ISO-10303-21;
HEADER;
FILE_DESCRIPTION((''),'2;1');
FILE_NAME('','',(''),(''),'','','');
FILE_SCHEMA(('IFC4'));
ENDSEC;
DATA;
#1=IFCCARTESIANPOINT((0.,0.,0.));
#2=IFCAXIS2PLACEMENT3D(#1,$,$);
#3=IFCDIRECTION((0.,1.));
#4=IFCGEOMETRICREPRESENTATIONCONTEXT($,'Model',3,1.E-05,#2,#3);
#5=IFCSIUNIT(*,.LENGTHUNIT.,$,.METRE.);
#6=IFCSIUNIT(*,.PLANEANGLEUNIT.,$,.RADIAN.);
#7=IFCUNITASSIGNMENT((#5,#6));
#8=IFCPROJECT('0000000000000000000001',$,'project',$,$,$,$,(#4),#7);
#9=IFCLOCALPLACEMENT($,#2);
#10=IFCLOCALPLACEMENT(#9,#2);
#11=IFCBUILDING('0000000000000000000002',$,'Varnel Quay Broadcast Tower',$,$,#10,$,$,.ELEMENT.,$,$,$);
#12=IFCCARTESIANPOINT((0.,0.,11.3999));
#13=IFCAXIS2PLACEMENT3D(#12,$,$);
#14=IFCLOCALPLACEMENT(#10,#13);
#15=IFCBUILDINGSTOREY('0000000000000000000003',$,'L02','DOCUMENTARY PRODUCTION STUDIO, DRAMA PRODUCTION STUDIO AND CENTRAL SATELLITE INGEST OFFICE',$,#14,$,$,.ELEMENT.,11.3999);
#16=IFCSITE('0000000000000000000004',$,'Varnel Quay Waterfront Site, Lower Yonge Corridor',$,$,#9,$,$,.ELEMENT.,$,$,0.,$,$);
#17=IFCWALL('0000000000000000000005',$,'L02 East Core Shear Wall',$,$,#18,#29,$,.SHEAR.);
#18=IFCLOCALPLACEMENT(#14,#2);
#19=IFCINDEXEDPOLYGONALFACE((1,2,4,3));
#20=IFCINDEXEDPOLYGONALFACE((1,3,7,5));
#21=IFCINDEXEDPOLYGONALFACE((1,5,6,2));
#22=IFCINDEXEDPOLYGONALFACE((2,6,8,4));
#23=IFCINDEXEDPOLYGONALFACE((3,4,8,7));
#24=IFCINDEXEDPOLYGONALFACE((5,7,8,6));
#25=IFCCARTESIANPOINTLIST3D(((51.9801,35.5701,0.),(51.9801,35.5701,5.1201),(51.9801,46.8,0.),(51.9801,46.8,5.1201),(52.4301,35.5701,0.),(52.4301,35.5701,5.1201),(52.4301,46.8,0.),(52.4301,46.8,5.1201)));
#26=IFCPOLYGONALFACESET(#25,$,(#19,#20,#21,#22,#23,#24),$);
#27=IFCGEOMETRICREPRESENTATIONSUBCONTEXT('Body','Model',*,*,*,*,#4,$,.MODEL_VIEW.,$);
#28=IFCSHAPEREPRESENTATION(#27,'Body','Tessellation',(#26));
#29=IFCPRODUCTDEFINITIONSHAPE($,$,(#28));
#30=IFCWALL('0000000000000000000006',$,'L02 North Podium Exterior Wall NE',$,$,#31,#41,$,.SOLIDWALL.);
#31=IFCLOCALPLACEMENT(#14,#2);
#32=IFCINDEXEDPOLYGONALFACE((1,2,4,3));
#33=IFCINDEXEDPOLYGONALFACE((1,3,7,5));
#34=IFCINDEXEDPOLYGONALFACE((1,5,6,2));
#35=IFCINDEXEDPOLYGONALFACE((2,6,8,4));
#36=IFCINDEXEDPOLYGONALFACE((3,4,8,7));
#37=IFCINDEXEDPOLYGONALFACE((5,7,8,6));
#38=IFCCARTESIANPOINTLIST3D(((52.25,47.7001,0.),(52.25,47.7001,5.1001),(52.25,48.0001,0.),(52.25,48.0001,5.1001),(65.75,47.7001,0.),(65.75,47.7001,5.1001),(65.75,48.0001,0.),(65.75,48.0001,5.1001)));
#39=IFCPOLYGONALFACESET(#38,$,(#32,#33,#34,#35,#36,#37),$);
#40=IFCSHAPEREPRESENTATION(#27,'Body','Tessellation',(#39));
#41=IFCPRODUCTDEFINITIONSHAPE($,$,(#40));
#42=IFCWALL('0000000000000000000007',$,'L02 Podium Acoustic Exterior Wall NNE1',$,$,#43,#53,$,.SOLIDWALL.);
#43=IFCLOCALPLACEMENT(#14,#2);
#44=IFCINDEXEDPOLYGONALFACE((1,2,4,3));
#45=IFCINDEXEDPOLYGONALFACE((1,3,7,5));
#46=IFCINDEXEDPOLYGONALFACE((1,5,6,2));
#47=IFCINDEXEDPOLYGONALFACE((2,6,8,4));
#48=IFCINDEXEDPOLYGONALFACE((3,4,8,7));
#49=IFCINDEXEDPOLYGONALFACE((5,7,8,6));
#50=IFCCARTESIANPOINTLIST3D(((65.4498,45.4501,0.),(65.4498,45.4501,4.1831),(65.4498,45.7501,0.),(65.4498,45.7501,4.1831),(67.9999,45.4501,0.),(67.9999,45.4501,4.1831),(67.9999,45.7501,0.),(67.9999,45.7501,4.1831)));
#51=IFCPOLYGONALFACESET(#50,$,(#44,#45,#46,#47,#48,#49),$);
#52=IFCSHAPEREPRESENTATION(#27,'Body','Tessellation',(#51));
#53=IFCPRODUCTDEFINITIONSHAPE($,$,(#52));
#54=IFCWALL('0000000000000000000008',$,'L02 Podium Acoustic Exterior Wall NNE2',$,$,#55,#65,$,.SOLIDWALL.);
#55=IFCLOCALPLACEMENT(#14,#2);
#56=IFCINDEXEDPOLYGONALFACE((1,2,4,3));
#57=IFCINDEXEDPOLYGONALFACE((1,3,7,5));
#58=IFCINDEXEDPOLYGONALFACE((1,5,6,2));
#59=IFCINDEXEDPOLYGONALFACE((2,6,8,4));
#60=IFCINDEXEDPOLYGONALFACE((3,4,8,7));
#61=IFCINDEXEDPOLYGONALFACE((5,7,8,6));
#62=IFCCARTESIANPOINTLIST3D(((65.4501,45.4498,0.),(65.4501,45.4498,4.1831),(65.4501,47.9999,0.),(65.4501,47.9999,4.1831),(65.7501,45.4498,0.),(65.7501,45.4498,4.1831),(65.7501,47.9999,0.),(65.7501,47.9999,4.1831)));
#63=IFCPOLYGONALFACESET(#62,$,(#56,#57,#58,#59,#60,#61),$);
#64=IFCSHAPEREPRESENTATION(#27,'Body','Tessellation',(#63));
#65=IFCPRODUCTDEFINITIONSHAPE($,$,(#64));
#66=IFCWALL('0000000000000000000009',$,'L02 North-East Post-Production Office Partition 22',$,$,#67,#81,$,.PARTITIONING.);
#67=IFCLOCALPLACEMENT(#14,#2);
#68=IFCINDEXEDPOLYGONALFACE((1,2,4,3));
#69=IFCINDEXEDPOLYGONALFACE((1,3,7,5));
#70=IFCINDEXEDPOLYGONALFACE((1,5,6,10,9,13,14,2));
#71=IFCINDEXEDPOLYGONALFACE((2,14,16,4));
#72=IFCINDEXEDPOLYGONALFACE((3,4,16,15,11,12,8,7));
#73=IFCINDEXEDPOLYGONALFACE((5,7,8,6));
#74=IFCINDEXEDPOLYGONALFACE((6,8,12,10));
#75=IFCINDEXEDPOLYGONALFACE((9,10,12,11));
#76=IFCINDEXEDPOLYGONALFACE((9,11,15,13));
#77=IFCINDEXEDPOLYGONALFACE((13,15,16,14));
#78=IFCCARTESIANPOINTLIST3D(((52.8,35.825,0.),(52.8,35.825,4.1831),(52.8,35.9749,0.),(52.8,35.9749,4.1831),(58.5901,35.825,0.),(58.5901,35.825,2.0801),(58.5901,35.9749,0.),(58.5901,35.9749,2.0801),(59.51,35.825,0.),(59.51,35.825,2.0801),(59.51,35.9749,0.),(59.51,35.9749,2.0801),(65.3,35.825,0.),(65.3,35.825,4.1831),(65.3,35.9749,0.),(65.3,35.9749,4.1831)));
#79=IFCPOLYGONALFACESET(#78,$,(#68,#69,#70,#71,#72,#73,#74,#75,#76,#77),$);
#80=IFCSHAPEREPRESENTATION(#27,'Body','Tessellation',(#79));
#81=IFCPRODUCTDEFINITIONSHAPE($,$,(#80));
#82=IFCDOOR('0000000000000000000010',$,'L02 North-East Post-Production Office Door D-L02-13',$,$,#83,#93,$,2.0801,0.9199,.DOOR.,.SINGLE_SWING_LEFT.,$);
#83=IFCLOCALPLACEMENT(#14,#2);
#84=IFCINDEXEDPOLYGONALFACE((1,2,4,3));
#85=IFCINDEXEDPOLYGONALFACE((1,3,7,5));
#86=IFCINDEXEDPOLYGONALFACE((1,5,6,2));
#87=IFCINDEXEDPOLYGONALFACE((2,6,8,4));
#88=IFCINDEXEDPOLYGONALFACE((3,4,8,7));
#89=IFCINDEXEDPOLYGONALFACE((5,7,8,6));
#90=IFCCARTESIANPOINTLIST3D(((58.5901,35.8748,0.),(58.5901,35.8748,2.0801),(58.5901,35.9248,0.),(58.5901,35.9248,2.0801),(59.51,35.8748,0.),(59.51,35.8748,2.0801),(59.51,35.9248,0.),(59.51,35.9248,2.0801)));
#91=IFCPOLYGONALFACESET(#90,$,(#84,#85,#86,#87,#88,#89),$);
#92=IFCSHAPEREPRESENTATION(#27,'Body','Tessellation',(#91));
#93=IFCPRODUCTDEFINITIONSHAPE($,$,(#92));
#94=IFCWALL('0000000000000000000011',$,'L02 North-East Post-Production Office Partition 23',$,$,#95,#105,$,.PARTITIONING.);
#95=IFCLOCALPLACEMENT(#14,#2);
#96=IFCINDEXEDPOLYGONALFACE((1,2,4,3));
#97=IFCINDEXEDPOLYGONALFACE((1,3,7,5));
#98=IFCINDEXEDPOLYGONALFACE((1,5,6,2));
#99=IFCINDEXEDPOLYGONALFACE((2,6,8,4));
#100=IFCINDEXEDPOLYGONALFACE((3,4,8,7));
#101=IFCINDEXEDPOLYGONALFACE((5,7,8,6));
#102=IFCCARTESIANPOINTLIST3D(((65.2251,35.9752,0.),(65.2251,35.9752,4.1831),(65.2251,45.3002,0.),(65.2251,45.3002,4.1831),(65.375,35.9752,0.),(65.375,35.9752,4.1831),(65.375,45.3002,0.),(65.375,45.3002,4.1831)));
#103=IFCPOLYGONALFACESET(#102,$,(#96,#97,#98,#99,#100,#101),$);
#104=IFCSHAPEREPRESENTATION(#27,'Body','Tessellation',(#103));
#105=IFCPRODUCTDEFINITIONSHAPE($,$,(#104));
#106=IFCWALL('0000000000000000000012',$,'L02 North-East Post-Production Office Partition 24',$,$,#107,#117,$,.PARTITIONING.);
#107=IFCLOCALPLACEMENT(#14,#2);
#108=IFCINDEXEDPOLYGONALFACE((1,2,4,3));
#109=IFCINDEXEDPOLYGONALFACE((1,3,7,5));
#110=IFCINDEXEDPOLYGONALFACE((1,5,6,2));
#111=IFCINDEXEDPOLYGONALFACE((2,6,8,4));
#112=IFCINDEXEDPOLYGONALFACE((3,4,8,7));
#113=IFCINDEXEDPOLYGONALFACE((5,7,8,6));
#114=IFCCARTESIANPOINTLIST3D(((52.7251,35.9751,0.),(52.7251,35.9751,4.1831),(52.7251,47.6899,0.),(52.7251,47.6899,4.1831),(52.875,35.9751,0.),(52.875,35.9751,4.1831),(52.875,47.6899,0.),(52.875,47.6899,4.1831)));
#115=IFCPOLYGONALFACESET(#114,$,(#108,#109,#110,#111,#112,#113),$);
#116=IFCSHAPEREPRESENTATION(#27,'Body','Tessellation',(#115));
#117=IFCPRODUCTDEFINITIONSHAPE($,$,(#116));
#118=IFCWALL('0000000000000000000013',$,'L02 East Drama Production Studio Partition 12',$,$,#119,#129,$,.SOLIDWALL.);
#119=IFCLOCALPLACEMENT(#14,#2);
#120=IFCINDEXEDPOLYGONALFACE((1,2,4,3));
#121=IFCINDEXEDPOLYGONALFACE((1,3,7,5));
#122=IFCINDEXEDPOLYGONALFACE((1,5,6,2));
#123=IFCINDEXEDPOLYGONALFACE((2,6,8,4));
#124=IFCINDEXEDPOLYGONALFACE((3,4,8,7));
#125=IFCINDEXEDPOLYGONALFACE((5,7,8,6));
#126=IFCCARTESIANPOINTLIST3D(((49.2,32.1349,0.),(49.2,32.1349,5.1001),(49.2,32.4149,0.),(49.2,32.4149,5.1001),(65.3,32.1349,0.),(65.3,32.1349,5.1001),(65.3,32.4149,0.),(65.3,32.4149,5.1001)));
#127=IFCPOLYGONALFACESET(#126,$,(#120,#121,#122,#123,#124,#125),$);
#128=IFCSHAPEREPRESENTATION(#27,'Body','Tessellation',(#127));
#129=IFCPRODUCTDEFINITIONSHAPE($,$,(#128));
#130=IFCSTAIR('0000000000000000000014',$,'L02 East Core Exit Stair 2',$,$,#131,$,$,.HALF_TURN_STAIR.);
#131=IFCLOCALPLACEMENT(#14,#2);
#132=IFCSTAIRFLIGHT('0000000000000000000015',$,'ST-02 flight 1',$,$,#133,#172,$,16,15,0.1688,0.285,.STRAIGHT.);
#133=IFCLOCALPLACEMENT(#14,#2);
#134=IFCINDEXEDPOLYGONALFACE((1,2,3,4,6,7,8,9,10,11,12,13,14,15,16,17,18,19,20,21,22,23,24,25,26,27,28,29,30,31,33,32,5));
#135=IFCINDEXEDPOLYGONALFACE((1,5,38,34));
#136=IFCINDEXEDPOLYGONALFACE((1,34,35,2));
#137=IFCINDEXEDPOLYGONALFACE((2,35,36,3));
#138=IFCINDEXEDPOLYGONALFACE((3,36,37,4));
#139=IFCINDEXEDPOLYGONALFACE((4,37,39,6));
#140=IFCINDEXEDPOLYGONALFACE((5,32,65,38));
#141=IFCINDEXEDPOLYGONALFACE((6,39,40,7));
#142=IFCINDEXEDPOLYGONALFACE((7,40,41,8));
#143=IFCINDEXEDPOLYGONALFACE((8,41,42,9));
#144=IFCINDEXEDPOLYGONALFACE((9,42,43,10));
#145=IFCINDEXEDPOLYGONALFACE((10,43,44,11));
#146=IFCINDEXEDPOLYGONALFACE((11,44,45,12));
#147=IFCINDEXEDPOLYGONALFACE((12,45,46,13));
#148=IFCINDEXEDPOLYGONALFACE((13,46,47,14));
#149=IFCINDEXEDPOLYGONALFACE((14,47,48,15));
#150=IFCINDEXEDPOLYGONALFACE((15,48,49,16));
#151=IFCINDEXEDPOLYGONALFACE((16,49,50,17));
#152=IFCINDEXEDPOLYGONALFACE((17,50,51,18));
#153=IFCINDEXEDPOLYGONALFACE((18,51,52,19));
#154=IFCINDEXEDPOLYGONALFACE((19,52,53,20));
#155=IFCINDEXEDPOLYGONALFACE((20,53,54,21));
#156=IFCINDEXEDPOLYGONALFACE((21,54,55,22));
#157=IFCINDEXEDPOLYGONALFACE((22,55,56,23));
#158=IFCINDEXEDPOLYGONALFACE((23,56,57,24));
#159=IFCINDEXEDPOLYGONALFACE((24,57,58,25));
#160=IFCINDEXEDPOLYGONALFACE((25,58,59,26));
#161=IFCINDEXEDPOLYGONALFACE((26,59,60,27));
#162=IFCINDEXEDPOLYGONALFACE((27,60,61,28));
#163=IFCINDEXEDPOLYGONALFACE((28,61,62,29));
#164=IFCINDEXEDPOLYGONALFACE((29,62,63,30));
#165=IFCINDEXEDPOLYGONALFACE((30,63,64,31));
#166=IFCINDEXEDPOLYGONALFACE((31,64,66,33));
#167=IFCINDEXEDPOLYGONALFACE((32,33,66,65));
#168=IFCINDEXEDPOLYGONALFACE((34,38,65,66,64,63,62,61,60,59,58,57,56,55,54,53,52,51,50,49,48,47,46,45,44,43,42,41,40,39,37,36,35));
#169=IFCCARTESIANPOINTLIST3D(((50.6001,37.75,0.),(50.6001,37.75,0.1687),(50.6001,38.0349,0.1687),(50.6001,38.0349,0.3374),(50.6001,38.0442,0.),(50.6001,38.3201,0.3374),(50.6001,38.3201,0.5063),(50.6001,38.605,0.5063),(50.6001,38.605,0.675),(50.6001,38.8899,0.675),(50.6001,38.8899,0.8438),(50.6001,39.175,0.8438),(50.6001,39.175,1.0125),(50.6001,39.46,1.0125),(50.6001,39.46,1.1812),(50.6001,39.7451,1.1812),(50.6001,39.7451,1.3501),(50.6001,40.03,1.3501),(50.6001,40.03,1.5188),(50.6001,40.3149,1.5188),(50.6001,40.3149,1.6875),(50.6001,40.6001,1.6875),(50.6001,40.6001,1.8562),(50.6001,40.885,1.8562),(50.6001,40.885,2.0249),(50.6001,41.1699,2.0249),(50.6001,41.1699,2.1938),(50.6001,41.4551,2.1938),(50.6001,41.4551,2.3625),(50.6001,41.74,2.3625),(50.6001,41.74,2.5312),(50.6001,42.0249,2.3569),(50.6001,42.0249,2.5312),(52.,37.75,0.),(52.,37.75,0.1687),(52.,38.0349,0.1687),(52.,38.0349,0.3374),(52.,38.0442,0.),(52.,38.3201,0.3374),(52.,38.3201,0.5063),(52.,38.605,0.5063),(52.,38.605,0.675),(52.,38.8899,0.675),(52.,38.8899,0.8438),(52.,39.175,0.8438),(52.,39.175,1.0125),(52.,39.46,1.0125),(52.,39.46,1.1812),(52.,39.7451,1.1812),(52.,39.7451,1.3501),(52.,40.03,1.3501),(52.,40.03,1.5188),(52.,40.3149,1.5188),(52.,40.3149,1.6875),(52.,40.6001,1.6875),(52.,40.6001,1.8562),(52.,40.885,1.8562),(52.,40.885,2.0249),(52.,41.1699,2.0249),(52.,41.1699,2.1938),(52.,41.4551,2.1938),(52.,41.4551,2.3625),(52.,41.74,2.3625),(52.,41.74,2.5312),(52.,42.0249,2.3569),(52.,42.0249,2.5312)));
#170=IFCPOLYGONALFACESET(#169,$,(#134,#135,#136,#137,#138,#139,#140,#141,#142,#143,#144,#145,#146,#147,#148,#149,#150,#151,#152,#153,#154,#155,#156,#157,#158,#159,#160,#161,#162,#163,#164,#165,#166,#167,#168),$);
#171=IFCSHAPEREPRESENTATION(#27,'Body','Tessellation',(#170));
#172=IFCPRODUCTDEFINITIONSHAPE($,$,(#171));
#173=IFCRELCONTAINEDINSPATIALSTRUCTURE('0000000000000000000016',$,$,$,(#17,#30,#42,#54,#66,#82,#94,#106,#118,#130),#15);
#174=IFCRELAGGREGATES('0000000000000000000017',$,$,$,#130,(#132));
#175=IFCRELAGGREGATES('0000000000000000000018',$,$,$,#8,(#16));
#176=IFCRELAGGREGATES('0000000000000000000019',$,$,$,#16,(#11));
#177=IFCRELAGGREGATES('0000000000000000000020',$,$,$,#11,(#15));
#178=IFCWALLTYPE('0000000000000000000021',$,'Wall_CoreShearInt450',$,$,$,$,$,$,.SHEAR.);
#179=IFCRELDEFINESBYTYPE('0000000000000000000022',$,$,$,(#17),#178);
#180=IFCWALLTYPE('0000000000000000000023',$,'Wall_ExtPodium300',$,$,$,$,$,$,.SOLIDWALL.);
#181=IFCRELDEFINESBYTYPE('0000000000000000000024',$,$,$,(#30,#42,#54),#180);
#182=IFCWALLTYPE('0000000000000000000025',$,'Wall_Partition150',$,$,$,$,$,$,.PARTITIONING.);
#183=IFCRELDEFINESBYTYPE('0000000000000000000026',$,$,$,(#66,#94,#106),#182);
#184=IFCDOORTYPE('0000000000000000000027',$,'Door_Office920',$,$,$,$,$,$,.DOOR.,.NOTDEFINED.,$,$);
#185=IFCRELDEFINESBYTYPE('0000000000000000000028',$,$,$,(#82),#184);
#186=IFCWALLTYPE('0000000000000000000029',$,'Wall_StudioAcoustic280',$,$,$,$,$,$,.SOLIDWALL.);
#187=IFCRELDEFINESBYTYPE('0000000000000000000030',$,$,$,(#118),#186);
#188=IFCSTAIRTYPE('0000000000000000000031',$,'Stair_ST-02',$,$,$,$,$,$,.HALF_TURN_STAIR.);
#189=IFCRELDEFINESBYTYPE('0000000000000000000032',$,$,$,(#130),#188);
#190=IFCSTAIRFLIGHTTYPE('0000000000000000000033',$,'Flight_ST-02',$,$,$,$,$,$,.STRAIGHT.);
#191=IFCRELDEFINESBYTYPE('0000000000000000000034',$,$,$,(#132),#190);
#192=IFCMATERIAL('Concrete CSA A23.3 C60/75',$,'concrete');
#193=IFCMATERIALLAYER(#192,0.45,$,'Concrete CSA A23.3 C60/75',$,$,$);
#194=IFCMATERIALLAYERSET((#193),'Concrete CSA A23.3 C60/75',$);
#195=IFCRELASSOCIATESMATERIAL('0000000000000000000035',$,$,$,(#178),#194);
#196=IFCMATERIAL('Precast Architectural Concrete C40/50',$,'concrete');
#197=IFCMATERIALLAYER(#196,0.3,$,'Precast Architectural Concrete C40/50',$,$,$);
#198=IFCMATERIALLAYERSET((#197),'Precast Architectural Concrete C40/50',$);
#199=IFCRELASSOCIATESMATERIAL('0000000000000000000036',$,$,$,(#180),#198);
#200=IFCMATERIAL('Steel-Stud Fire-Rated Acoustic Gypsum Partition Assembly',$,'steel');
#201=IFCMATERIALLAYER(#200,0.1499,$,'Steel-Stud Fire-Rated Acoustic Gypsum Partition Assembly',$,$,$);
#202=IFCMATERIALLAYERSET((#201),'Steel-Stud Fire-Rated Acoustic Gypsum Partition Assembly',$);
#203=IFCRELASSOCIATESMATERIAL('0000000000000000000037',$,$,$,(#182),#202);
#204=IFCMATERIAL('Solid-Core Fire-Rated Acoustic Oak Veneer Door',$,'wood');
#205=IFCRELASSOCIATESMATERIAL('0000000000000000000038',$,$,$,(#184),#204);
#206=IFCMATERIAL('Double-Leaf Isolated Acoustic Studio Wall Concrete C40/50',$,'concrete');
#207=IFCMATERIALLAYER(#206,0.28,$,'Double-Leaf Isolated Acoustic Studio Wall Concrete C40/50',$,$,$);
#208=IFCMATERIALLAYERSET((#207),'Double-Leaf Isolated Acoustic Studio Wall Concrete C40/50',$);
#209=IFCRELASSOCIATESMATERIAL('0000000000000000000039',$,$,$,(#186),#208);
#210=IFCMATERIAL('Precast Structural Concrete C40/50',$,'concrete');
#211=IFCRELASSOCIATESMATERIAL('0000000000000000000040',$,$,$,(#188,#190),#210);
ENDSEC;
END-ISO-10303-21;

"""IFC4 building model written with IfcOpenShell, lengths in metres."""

from ifc_helpers import new_model, si_unit, direction, frame, frame_2d, origin, place, context, subcontext, project, spatial, polyline, rectangle, outline, extrude, source, transform, mapped, material, layer, layer_set, type_object, type_shapes, element, fill, aggregate, save


model = new_model("IFC4")

# Units and contexts
model_context = context("Model", 3, precision=1e-05, world=origin(), true_north=direction((0.0, 1.0)))
body_context = subcontext(model_context, "Body", "Model", "MODEL_VIEW")
ifc_project = project(units=[si_unit("LENGTHUNIT", "METRE"), si_unit("PLANEANGLEUNIT", "RADIAN")], contexts=[model_context])

# Site, building, storey
site_placement = place(None, origin())
site = spatial("IfcSite", under=ifc_project, at=site_placement, Name="Varnel Quay Waterfront Site, Lower Yonge Corridor", CompositionType="ELEMENT", RefElevation=0.0)
building_placement = place(site_placement, origin())
building = spatial("IfcBuilding", under=site, at=building_placement, Name="Varnel Quay Broadcast Tower", CompositionType="ELEMENT")
storey_placement = place(building_placement, frame((0.0, 0.0, 11.3999)))
storey = spatial("IfcBuildingStorey", under=building, at=storey_placement, Name="L02", Description="DOCUMENTARY PRODUCTION STUDIO, DRAMA PRODUCTION STUDIO AND CENTRAL SATELLITE INGEST OFFICE", CompositionType="ELEMENT", Elevation=11.3999)

# Walls
ifc_material_1 = material(Name="Concrete CSA A23.3 C60/75", Category="concrete")
ifc_layer_1 = layer(ifc_material_1, 0.45, Name="Concrete CSA A23.3 C60/75")
ifc_layer_set_1 = layer_set([ifc_layer_1], Name="Concrete CSA A23.3 C60/75")
wall_type_1 = type_object("IfcWallType", Name="Wall_CoreShearInt450", PredefinedType="SHEAR", material=ifc_layer_set_1)
wall_1_placement = place(storey_placement, frame((52.2051, 35.5701, 0.0), z_axis=(0.0, 0.0, 1.0), x_axis=(0.0, 1.0, 0.0)))
element("IfcWall", 1, at=wall_1_placement, inside=storey, type_object=wall_type_1, Name="L02 East Core Shear Wall", PredefinedType="SHEAR", context=body_context, shape_type="SweptSolid", body=[
    extrude(rectangle(XDim=11.23, YDim=0.45, at=frame_2d((5.615, 0.0))), origin(), (0.0, 0.0, 1.0), 5.1201),
])
ifc_material_2 = material(Name="Precast Architectural Concrete C40/50", Category="concrete")
ifc_layer_2 = layer(ifc_material_2, 0.3, Name="Precast Architectural Concrete C40/50")
ifc_layer_set_2 = layer_set([ifc_layer_2], Name="Precast Architectural Concrete C40/50")
wall_type_2 = type_object("IfcWallType", Name="Wall_ExtPodium300", PredefinedType="SOLIDWALL", material=ifc_layer_set_2)
wall_2_placement = place(storey_placement, frame((52.25, 47.8501, 0.0), z_axis=(0.0, 0.0, 1.0), x_axis=(1.0, 0.0, 0.0)))
element("IfcWall", 2, at=wall_2_placement, inside=storey, type_object=wall_type_2, Name="L02 North Podium Exterior Wall NE", PredefinedType="SOLIDWALL", context=body_context, shape_type="SweptSolid", body=[
    extrude(rectangle(XDim=13.5, YDim=0.3, at=frame_2d((6.75, 0.0))), origin(), (0.0, 0.0, 1.0), 5.1001),
])
for number, where, z_axis, x_axis, name in (
    (3, (65.45, 45.6001, 0.0), (0.0, 0.0, 1.0), (1.0, 0.0, 0.0), "L02 Podium Acoustic Exterior Wall NNE1"),
    (4, (65.6001, 45.45, 0.0), (0.0, 0.0, 1.0), (0.0, 1.0, 0.0), "L02 Podium Acoustic Exterior Wall NNE2"),
):
    element("IfcWall", number, at=place(storey_placement, frame(where, z_axis=z_axis, x_axis=x_axis)), inside=storey, type_object=wall_type_2, Name=name, PredefinedType="SOLIDWALL", context=body_context, shape_type="SweptSolid", body=[
        extrude(rectangle(XDim=2.55, YDim=0.3, at=frame_2d((1.2749, 0.0))), origin(), (0.0, 0.0, 1.0), 4.1831),
    ])

# Wall, opening, door
ifc_material_3 = material(Name="Steel-Stud Fire-Rated Acoustic Gypsum Partition Assembly", Category="steel")
ifc_layer_3 = layer(ifc_material_3, 0.1499, Name="Steel-Stud Fire-Rated Acoustic Gypsum Partition Assembly")
ifc_layer_set_3 = layer_set([ifc_layer_3], Name="Steel-Stud Fire-Rated Acoustic Gypsum Partition Assembly")
wall_type_3 = type_object("IfcWallType", Name="Wall_Partition150", PredefinedType="PARTITIONING", material=ifc_layer_set_3)
wall_3_placement = place(storey_placement, frame((52.8, 35.8999, 0.0), z_axis=(0.0, 0.0, 1.0), x_axis=(1.0, 0.0, 0.0)))
wall_3 = element("IfcWall", 5, at=wall_3_placement, inside=storey, type_object=wall_type_3, Name="L02 North-East Post-Production Office Partition 22", PredefinedType="PARTITIONING", context=body_context, shape_type="SweptSolid", body=[
    extrude(rectangle(XDim=12.5, YDim=0.1499, at=frame_2d((6.25, 0.0))), origin(), (0.0, 0.0, 1.0), 4.1831),
])
opening_placement = place(wall_3_placement, frame((5.79, 0.0, 0.0)))
opening = element("IfcOpeningElement", 6, at=opening_placement, cuts=wall_3, PredefinedType="OPENING", context=body_context, shape_type="SweptSolid", body=[
    extrude(rectangle(XDim=0.9199, YDim=2.0801, at=frame_2d((0.46, 1.04))), frame((0.0, 0.085, 0.0), z_axis=(0.0, -1.0, 0.0), x_axis=(1.0, 0.0, 0.0)), (0.0, 0.0, 1.0), 0.1699),
])
ifc_material_4 = material(Name="Solid-Core Fire-Rated Acoustic Oak Veneer Door", Category="wood")
door_type = type_object("IfcDoorType", Name="Door_Office920", OperationType="NOTDEFINED", PredefinedType="DOOR", material=ifc_material_4)
shared_shape_1 = source(origin(), body_context, "Body", "SweptSolid", [
    extrude(rectangle(XDim=0.9199, YDim=2.0801, at=frame_2d((0.46, 1.04))), frame((0.0, 0.0249, 0.0), z_axis=(0.0, -1.0, 0.0), x_axis=(1.0, 0.0, 0.0)), (0.0, 0.0, 1.0), 0.05),
])
type_shapes(door_type, [shared_shape_1])
door_placement = place(opening_placement, origin())
door = element("IfcDoor", 7, at=door_placement, inside=storey, type_object=door_type, Name="L02 North-East Post-Production Office Door D-L02-13", OperationType="SINGLE_SWING_LEFT", OverallHeight=2.0801, OverallWidth=0.9199, PredefinedType="DOOR", context=body_context, shape_type="MappedRepresentation", body=[
    mapped(shared_shape_1, transform((0.0, 0.0, 0.0), x_axis=(1.0, 0.0, 0.0), y_axis=(0.0, 1.0, 0.0), z_axis=(0.0, 0.0, 1.0), scale=1.0)),
])
fill(opening, door)

# Walls
wall_4_placement = place(storey_placement, frame((65.3, 35.9751, 0.0), z_axis=(0.0, 0.0, 1.0), x_axis=(0.0, 1.0, 0.0)))
element("IfcWall", 8, at=wall_4_placement, inside=storey, type_object=wall_type_3, Name="L02 North-East Post-Production Office Partition 23", PredefinedType="PARTITIONING", context=body_context, shape_type="SweptSolid", body=[
    extrude(rectangle(XDim=9.325, YDim=0.1499, at=frame_2d((4.6626, 0.0))), origin(), (0.0, 0.0, 1.0), 4.1831),
])
wall_5_placement = place(storey_placement, frame((52.8, 35.9751, 0.0), z_axis=(0.0, 0.0, 1.0), x_axis=(0.0, 1.0, 0.0)))
element("IfcWall", 9, at=wall_5_placement, inside=storey, type_object=wall_type_3, Name="L02 North-East Post-Production Office Partition 24", PredefinedType="PARTITIONING", context=body_context, shape_type="SweptSolid", body=[
    extrude(rectangle(XDim=11.7148, YDim=0.1499, at=frame_2d((5.8574, 0.0))), origin(), (0.0, 0.0, 1.0), 4.1831),
])
ifc_material_5 = material(Name="Double-Leaf Isolated Acoustic Studio Wall Concrete C40/50", Category="concrete")
ifc_layer_4 = layer(ifc_material_5, 0.28, Name="Double-Leaf Isolated Acoustic Studio Wall Concrete C40/50")
ifc_layer_set_4 = layer_set([ifc_layer_4], Name="Double-Leaf Isolated Acoustic Studio Wall Concrete C40/50")
wall_type_4 = type_object("IfcWallType", Name="Wall_StudioAcoustic280", PredefinedType="SOLIDWALL", material=ifc_layer_set_4)
wall_6_placement = place(storey_placement, frame((49.2, 32.2749, 0.0), z_axis=(0.0, 0.0, 1.0), x_axis=(1.0, 0.0, 0.0)))
element("IfcWall", 10, at=wall_6_placement, inside=storey, type_object=wall_type_4, Name="L02 East Drama Production Studio Partition 12", PredefinedType="SOLIDWALL", context=body_context, shape_type="SweptSolid", body=[
    extrude(rectangle(XDim=16.1001, YDim=0.28, at=frame_2d((8.05, 0.0))), origin(), (0.0, 0.0, 1.0), 5.1001),
])

# Stair, stair flight
ifc_material_6 = material(Name="Precast Structural Concrete C40/50", Category="concrete")
stair_type = type_object("IfcStairType", Name="Stair_ST-02", PredefinedType="HALF_TURN_STAIR", material=ifc_material_6)
stair_placement = place(storey_placement, origin())
stair = element("IfcStair", 11, at=stair_placement, inside=storey, type_object=stair_type, Name="L02 East Core Exit Stair 2", PredefinedType="HALF_TURN_STAIR")
stair_flight_type = type_object("IfcStairFlightType", Name="Flight_ST-02", PredefinedType="STRAIGHT", material=ifc_material_6)
stair_flight_1_placement = place(storey_placement, frame((51.3, 37.75, 0.0), z_axis=(0.0, 0.0, 1.0), x_axis=(0.0, 1.0, 0.0)))
stair_flight_1 = element("IfcStairFlight", 12, at=stair_flight_1_placement, type_object=stair_flight_type, Name="ST-02 flight 1", NumberOfRisers=16, NumberOfTreads=15, PredefinedType="STRAIGHT", RiserHeight=0.1688, TreadLength=0.285, context=body_context, shape_type="SweptSolid", body=[
    extrude(outline(polyline([(0.0, 0.0), (0.0, 0.1687), (0.2849, 0.1687), (0.2849, 0.3374), (0.5701, 0.3374), (0.5701, 0.5063), (0.855, 0.5063), (0.855, 0.675), (1.1399, 0.675), (1.1399, 0.8438), (1.425, 0.8438), (1.425, 1.0125), (1.71, 1.0125), (1.71, 1.1812), (1.9951, 1.1812), (1.9951, 1.3501), (2.28, 1.3501), (2.28, 1.5188), (2.5649, 1.5188), (2.5649, 1.6875), (2.8501, 1.6875), (2.8501, 1.8562), (3.135, 1.8562), (3.135, 2.0249), (3.4199, 2.0249), (3.4199, 2.1938), (3.7051, 2.1938), (3.7051, 2.3625), (3.99, 2.3625), (3.99, 2.5312), (4.2749, 2.5312), (4.2749, 2.7), (4.2749, 2.3569), (0.2942, 0.0), (0.0, 0.0)])), frame((0.0, 0.7, 0.0), z_axis=(0.0, -1.0, 0.0), x_axis=(1.0, 0.0, 0.0)), (0.0, 0.0, 1.0), 1.3999),
])
aggregate(stair, [stair_flight_1])

save(model, "model.ifc")
